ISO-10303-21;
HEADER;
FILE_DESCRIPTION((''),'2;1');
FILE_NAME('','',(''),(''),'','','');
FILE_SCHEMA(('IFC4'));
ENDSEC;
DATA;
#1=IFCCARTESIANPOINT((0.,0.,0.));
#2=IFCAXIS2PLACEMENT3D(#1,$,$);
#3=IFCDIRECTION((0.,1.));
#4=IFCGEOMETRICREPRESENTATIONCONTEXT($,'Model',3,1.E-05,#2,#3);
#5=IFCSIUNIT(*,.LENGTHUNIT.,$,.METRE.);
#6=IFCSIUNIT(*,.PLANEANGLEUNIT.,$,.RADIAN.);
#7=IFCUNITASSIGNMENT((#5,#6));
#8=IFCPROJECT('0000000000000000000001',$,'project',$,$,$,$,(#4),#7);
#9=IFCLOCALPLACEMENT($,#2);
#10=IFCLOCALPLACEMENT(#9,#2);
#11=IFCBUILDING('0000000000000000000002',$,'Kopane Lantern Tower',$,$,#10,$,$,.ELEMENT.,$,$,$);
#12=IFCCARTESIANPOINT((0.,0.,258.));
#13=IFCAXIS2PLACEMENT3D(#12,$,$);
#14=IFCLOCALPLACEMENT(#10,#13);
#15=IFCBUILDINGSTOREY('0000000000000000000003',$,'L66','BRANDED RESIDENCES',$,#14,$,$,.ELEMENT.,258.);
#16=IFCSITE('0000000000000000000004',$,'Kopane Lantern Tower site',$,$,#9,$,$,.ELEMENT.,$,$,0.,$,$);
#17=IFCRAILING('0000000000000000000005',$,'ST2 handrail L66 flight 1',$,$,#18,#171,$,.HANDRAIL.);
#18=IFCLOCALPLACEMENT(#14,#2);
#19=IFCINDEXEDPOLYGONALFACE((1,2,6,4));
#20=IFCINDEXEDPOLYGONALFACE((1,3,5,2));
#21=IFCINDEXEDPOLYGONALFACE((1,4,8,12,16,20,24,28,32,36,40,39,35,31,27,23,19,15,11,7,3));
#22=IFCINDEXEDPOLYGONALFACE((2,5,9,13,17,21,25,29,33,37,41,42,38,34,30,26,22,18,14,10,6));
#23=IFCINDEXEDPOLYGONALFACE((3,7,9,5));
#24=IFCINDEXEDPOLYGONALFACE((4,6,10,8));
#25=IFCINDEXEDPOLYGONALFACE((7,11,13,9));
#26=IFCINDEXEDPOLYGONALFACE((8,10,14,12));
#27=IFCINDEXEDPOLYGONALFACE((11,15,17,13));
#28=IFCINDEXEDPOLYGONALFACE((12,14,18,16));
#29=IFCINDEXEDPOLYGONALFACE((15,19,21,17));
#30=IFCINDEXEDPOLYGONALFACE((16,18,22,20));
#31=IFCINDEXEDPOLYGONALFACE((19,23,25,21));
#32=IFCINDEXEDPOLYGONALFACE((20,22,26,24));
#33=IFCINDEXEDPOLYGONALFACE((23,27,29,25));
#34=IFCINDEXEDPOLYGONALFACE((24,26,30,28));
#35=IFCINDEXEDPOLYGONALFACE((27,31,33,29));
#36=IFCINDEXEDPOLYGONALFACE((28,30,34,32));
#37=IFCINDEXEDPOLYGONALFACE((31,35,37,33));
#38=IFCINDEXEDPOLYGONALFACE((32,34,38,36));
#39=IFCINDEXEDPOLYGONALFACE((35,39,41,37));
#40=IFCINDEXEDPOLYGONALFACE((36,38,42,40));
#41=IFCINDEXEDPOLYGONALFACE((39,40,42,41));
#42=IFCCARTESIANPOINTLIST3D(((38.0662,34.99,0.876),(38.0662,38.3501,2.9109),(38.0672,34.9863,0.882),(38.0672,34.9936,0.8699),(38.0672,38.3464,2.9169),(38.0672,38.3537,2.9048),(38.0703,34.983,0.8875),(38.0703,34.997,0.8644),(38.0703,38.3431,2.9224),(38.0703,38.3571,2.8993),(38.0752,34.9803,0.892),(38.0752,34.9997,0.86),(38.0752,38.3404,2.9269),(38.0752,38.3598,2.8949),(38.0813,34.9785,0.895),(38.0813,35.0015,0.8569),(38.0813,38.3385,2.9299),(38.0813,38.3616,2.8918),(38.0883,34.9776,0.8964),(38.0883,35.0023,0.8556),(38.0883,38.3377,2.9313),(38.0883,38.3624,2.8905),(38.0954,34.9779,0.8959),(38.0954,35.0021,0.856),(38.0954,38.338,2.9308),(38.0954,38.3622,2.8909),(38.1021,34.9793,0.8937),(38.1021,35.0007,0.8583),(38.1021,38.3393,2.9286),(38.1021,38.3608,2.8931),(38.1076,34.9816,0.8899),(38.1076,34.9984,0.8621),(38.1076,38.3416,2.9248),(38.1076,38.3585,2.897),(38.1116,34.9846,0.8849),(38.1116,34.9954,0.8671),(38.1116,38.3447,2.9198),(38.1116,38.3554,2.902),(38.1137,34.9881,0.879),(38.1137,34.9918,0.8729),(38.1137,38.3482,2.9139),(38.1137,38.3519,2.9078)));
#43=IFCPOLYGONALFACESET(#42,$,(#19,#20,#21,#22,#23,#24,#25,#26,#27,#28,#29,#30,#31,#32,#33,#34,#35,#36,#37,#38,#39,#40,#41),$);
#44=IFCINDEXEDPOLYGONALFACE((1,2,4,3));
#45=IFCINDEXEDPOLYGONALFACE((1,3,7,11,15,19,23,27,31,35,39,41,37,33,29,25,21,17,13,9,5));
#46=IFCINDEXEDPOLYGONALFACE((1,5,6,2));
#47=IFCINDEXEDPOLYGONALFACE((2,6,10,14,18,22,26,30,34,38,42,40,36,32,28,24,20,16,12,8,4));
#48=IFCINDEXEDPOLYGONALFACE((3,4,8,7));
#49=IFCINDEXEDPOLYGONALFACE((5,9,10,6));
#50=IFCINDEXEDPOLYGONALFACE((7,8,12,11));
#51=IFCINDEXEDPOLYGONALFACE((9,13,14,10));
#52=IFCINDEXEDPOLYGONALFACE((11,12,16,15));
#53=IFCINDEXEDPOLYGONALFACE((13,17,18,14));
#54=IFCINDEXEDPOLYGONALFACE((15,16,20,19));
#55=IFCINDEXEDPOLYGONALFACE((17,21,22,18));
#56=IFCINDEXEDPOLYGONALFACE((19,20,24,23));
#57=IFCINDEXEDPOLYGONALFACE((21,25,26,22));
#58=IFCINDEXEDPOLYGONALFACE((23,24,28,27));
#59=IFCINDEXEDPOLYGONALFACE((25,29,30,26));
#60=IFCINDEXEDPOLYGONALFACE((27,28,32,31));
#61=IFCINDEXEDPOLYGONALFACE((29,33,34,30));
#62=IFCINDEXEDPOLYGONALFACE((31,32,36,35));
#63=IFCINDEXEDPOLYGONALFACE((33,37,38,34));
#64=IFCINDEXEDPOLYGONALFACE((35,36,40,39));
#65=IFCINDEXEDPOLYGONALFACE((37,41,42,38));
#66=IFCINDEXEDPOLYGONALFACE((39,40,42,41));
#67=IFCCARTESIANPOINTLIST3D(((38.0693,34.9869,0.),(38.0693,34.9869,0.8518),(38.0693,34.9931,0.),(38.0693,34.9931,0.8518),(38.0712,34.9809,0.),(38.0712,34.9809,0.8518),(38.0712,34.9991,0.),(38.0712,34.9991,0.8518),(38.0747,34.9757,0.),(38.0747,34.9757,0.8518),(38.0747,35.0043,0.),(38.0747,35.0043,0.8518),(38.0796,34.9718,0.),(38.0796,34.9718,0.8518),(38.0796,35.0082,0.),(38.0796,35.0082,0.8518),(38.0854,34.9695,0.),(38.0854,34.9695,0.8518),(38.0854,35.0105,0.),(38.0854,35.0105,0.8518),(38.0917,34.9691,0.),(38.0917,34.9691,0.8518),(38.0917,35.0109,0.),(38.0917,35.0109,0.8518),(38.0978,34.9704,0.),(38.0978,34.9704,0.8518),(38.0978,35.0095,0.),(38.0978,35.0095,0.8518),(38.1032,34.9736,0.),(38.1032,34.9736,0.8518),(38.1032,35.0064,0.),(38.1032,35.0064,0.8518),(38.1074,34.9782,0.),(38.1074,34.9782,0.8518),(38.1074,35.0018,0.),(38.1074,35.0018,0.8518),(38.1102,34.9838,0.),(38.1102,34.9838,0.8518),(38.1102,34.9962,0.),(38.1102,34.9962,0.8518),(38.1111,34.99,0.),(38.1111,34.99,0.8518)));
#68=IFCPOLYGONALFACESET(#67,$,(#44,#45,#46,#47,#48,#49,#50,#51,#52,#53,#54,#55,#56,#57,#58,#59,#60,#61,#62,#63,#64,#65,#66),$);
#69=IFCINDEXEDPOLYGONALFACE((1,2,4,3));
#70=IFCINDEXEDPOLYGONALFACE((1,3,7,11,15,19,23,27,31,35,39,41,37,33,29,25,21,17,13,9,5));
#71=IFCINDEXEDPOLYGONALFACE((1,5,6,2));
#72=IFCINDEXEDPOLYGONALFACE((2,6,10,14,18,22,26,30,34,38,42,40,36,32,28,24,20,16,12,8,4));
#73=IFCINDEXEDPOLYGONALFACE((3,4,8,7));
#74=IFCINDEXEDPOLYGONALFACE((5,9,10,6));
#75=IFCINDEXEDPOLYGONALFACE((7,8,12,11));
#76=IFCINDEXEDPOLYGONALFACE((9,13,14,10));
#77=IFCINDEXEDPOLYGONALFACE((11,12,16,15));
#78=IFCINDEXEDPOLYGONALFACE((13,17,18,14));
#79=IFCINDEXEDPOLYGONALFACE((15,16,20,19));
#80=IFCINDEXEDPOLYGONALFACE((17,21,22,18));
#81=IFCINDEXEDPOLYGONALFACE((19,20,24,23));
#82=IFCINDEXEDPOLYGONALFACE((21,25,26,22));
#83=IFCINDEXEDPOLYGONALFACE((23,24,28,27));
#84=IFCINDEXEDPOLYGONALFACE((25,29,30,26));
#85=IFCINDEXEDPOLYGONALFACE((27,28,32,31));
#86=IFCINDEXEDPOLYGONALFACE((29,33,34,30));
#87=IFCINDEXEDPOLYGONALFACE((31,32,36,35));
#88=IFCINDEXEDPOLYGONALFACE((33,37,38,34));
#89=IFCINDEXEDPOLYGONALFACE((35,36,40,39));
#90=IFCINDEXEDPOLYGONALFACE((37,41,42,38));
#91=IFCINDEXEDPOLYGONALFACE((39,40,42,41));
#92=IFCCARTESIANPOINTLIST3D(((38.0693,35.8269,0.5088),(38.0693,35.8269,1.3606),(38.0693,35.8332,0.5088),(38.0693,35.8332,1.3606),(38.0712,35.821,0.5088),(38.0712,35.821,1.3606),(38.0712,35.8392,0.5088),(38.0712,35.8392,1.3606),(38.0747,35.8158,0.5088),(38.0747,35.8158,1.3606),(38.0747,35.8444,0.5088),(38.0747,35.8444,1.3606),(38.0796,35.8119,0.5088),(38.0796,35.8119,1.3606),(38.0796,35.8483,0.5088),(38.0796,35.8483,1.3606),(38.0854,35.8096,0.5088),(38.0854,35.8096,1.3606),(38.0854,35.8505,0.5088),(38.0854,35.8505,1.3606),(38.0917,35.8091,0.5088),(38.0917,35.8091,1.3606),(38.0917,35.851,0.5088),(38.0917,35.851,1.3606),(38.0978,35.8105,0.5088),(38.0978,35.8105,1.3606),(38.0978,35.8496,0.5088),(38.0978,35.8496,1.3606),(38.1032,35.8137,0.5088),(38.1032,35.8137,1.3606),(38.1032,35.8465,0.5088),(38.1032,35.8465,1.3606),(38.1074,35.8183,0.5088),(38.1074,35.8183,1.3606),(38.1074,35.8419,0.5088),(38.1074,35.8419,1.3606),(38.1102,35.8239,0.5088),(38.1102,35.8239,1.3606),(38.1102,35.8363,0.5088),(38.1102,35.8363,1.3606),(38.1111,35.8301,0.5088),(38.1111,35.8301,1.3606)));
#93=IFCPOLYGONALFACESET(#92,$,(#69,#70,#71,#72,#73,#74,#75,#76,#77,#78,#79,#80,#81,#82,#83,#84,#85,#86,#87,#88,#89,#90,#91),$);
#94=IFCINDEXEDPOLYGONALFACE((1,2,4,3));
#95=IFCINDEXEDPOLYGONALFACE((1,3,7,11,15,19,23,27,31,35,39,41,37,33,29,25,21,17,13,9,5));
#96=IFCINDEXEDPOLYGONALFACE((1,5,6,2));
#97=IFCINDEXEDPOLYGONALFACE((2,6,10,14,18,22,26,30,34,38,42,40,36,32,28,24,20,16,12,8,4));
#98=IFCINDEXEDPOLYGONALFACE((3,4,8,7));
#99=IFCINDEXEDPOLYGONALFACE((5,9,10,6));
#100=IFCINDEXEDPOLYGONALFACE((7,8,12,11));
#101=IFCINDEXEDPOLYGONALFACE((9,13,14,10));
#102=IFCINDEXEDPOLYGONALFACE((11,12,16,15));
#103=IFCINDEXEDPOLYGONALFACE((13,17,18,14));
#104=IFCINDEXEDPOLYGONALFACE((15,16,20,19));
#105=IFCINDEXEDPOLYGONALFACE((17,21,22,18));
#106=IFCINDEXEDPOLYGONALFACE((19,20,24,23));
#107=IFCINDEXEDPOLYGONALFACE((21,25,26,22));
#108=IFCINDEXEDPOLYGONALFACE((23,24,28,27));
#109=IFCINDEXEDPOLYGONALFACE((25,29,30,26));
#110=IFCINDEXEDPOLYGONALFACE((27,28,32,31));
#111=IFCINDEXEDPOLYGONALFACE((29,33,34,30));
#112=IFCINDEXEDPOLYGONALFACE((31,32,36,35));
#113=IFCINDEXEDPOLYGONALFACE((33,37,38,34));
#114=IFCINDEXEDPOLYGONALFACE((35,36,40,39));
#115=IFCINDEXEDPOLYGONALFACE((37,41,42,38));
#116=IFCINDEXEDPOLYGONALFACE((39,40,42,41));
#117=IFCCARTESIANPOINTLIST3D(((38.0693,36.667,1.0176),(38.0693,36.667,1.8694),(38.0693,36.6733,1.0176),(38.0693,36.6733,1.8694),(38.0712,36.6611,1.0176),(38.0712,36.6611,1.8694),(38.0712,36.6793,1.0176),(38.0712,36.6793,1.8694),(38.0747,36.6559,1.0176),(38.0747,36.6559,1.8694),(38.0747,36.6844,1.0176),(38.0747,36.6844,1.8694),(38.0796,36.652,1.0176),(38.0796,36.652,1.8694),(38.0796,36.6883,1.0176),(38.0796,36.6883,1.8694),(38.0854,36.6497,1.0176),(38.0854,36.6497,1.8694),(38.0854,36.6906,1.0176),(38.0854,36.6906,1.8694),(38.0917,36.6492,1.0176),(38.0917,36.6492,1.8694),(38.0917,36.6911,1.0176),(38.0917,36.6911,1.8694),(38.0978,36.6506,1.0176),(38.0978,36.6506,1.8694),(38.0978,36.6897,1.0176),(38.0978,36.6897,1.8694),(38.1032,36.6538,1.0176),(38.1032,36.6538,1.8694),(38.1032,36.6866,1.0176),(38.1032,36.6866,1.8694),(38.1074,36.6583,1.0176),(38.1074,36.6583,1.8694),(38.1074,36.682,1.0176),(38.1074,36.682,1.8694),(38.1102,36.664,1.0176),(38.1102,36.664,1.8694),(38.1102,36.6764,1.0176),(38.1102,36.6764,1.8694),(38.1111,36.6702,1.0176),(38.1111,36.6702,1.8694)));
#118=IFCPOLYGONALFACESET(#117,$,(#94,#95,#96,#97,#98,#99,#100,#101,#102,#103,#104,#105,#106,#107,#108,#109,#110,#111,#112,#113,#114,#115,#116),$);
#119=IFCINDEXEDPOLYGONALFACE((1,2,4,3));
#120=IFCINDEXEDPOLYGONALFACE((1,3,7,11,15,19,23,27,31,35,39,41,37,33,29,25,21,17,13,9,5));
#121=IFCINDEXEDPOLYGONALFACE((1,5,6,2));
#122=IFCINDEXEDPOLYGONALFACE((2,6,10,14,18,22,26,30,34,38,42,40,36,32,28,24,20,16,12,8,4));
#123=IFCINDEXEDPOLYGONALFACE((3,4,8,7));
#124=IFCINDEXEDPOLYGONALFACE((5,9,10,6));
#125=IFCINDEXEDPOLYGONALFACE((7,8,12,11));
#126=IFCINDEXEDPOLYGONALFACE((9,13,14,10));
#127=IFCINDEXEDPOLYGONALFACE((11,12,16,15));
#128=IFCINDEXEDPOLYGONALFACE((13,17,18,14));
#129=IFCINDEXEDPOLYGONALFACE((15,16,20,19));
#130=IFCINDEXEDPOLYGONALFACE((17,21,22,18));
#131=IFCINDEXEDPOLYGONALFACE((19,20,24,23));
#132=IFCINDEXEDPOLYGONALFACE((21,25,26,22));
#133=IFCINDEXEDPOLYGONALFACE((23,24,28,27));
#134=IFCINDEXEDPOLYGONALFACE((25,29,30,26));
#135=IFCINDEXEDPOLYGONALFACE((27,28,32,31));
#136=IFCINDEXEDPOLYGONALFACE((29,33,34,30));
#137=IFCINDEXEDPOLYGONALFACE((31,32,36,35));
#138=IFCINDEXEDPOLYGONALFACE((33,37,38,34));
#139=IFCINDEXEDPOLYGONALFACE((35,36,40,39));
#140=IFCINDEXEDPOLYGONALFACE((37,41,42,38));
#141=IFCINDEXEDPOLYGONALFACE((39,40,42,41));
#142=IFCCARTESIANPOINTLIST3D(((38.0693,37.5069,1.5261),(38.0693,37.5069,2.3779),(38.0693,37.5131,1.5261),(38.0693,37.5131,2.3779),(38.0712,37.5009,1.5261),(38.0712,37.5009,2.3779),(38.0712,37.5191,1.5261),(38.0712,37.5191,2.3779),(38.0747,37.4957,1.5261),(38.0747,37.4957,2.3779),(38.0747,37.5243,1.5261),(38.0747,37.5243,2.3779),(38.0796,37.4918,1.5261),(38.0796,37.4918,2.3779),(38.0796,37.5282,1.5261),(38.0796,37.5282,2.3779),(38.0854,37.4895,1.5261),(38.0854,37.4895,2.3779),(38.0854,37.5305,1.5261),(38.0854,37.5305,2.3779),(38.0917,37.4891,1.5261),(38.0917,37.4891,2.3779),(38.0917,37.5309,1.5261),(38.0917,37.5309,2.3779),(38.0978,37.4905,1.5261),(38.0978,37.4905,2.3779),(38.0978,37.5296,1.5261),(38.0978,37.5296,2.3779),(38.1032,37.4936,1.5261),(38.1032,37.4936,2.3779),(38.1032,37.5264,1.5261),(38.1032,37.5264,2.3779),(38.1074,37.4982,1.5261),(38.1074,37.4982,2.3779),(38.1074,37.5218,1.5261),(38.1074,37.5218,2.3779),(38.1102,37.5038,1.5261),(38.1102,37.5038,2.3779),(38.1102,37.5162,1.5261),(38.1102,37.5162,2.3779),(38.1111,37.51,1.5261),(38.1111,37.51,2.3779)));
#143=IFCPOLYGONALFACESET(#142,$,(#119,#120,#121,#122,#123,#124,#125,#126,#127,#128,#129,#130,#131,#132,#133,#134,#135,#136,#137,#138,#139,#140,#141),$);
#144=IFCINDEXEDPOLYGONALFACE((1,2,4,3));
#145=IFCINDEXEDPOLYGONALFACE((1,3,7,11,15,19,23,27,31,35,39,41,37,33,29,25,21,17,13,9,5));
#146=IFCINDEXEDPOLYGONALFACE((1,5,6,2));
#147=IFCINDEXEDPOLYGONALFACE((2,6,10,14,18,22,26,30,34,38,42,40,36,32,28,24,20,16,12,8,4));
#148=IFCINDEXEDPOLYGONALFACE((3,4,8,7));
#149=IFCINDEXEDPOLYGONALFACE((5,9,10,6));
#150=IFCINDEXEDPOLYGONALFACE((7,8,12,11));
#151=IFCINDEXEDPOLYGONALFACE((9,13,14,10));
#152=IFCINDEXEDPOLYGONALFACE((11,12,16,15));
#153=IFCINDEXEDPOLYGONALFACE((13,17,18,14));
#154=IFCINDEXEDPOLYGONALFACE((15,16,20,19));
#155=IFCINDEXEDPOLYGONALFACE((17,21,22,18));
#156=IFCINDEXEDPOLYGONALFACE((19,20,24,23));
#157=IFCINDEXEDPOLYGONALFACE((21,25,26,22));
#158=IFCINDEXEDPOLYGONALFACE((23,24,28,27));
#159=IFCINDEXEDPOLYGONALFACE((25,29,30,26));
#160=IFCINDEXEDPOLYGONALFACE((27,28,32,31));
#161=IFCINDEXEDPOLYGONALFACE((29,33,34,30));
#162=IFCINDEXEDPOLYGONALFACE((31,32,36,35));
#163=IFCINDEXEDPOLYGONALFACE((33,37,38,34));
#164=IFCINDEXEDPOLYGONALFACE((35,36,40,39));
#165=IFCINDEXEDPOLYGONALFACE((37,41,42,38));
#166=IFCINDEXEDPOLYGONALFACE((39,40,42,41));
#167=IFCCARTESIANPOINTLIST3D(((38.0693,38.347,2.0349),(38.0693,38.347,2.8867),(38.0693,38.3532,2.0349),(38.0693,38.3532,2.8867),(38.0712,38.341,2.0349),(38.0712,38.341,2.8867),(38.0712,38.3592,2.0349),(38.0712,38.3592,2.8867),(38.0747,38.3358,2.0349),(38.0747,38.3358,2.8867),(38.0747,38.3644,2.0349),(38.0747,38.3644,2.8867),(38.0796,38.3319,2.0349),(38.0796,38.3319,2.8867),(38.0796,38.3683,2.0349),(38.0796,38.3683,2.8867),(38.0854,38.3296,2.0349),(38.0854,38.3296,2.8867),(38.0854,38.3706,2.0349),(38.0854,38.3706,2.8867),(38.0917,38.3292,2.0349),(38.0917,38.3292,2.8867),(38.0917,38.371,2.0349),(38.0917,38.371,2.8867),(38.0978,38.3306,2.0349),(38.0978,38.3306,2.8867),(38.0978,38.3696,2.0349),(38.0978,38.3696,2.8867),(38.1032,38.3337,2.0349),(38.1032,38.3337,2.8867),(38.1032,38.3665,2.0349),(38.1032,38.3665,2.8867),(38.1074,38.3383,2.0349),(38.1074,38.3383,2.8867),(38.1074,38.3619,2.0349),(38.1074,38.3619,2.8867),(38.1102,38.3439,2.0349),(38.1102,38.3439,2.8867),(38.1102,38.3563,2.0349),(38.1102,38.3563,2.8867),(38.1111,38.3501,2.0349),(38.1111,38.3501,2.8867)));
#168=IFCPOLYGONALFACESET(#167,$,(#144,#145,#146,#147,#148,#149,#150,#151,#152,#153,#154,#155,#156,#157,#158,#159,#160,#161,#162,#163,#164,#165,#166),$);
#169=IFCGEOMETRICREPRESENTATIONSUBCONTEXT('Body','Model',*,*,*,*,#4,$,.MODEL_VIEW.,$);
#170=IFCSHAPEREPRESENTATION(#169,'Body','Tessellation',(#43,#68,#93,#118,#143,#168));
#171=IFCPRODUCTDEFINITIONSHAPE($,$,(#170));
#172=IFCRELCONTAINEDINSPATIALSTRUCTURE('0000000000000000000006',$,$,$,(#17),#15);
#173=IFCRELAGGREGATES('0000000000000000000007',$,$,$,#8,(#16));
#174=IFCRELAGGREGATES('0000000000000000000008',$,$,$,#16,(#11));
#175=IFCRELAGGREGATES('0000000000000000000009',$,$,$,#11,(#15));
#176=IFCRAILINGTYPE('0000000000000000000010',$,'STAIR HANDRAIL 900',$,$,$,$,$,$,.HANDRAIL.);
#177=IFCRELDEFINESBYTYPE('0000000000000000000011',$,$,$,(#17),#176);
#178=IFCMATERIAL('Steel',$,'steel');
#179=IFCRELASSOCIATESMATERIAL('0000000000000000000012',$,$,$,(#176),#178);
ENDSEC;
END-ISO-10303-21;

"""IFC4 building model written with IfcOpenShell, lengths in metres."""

from ifc_helpers import new_model, si_unit, direction, frame, origin, origin_2d, place, context, subcontext, project, spatial, circle, extrude, material, type_object, element, save


model = new_model("IFC4")

# Units and contexts
model_context = context("Model", 3, precision=1e-05, world=origin(), true_north=direction((0.0, 1.0)))
body_context = subcontext(model_context, "Body", "Model", "MODEL_VIEW")
ifc_project = project(units=[si_unit("LENGTHUNIT", "METRE"), si_unit("PLANEANGLEUNIT", "RADIAN")], contexts=[model_context])

# Site, building, storey
site_placement = place(None, origin())
site = spatial("IfcSite", under=ifc_project, at=site_placement, Name="Kopane Lantern Tower site", CompositionType="ELEMENT", RefElevation=0.0)
building_placement = place(site_placement, origin())
building = spatial("IfcBuilding", under=site, at=building_placement, Name="Kopane Lantern Tower", CompositionType="ELEMENT")
storey_placement = place(building_placement, frame((0.0, 0.0, 258.0)))
storey = spatial("IfcBuildingStorey", under=building, at=storey_placement, Name="L66", Description="BRANDED RESIDENCES", CompositionType="ELEMENT", Elevation=258.0)

# Railing
ifc_material_1 = material(Name="Steel", Category="steel")
railing_type_1 = type_object("IfcRailingType", Name="STAIR HANDRAIL 900", PredefinedType="HANDRAIL", material=ifc_material_1)
for number, where, name in (
    (1, (38.0901, 34.99, 0.0), "ST2 handrail L66 flight 1"),
):
    element("IfcRailing", number, at=place(storey_placement, frame(where)), inside=storey, type_object=railing_type_1, Name=name, PredefinedType="HANDRAIL", context=body_context, shape_type="SweptSolid", body=[
        extrude(circle(Radius=0.0239, at=origin_2d()), frame((0.0, 0.0, 0.876), z_axis=(0.0, 0.855369, 0.518019), x_axis=(-1.0, 0.0, 0.0)), (0.0, 0.0, 1.0), 3.9282),
        extrude(circle(Radius=0.021, at=origin_2d()), origin(), (0.0, 0.0, 1.0), 0.8518),
        extrude(circle(Radius=0.021, at=origin_2d()), frame((0.0, 0.8401, 0.5088)), (0.0, 0.0, 1.0), 0.8518),
        extrude(circle(Radius=0.021, at=origin_2d()), frame((0.0, 1.6802, 1.0176)), (0.0, 0.0, 1.0), 0.8518),
        extrude(circle(Radius=0.021, at=origin_2d()), frame((0.0, 2.52, 1.5261)), (0.0, 0.0, 1.0), 0.8518),
        extrude(circle(Radius=0.021, at=origin_2d()), frame((0.0, 3.3601, 2.0349)), (0.0, 0.0, 1.0), 0.8518),
    ])

save(model, "model.ifc")
